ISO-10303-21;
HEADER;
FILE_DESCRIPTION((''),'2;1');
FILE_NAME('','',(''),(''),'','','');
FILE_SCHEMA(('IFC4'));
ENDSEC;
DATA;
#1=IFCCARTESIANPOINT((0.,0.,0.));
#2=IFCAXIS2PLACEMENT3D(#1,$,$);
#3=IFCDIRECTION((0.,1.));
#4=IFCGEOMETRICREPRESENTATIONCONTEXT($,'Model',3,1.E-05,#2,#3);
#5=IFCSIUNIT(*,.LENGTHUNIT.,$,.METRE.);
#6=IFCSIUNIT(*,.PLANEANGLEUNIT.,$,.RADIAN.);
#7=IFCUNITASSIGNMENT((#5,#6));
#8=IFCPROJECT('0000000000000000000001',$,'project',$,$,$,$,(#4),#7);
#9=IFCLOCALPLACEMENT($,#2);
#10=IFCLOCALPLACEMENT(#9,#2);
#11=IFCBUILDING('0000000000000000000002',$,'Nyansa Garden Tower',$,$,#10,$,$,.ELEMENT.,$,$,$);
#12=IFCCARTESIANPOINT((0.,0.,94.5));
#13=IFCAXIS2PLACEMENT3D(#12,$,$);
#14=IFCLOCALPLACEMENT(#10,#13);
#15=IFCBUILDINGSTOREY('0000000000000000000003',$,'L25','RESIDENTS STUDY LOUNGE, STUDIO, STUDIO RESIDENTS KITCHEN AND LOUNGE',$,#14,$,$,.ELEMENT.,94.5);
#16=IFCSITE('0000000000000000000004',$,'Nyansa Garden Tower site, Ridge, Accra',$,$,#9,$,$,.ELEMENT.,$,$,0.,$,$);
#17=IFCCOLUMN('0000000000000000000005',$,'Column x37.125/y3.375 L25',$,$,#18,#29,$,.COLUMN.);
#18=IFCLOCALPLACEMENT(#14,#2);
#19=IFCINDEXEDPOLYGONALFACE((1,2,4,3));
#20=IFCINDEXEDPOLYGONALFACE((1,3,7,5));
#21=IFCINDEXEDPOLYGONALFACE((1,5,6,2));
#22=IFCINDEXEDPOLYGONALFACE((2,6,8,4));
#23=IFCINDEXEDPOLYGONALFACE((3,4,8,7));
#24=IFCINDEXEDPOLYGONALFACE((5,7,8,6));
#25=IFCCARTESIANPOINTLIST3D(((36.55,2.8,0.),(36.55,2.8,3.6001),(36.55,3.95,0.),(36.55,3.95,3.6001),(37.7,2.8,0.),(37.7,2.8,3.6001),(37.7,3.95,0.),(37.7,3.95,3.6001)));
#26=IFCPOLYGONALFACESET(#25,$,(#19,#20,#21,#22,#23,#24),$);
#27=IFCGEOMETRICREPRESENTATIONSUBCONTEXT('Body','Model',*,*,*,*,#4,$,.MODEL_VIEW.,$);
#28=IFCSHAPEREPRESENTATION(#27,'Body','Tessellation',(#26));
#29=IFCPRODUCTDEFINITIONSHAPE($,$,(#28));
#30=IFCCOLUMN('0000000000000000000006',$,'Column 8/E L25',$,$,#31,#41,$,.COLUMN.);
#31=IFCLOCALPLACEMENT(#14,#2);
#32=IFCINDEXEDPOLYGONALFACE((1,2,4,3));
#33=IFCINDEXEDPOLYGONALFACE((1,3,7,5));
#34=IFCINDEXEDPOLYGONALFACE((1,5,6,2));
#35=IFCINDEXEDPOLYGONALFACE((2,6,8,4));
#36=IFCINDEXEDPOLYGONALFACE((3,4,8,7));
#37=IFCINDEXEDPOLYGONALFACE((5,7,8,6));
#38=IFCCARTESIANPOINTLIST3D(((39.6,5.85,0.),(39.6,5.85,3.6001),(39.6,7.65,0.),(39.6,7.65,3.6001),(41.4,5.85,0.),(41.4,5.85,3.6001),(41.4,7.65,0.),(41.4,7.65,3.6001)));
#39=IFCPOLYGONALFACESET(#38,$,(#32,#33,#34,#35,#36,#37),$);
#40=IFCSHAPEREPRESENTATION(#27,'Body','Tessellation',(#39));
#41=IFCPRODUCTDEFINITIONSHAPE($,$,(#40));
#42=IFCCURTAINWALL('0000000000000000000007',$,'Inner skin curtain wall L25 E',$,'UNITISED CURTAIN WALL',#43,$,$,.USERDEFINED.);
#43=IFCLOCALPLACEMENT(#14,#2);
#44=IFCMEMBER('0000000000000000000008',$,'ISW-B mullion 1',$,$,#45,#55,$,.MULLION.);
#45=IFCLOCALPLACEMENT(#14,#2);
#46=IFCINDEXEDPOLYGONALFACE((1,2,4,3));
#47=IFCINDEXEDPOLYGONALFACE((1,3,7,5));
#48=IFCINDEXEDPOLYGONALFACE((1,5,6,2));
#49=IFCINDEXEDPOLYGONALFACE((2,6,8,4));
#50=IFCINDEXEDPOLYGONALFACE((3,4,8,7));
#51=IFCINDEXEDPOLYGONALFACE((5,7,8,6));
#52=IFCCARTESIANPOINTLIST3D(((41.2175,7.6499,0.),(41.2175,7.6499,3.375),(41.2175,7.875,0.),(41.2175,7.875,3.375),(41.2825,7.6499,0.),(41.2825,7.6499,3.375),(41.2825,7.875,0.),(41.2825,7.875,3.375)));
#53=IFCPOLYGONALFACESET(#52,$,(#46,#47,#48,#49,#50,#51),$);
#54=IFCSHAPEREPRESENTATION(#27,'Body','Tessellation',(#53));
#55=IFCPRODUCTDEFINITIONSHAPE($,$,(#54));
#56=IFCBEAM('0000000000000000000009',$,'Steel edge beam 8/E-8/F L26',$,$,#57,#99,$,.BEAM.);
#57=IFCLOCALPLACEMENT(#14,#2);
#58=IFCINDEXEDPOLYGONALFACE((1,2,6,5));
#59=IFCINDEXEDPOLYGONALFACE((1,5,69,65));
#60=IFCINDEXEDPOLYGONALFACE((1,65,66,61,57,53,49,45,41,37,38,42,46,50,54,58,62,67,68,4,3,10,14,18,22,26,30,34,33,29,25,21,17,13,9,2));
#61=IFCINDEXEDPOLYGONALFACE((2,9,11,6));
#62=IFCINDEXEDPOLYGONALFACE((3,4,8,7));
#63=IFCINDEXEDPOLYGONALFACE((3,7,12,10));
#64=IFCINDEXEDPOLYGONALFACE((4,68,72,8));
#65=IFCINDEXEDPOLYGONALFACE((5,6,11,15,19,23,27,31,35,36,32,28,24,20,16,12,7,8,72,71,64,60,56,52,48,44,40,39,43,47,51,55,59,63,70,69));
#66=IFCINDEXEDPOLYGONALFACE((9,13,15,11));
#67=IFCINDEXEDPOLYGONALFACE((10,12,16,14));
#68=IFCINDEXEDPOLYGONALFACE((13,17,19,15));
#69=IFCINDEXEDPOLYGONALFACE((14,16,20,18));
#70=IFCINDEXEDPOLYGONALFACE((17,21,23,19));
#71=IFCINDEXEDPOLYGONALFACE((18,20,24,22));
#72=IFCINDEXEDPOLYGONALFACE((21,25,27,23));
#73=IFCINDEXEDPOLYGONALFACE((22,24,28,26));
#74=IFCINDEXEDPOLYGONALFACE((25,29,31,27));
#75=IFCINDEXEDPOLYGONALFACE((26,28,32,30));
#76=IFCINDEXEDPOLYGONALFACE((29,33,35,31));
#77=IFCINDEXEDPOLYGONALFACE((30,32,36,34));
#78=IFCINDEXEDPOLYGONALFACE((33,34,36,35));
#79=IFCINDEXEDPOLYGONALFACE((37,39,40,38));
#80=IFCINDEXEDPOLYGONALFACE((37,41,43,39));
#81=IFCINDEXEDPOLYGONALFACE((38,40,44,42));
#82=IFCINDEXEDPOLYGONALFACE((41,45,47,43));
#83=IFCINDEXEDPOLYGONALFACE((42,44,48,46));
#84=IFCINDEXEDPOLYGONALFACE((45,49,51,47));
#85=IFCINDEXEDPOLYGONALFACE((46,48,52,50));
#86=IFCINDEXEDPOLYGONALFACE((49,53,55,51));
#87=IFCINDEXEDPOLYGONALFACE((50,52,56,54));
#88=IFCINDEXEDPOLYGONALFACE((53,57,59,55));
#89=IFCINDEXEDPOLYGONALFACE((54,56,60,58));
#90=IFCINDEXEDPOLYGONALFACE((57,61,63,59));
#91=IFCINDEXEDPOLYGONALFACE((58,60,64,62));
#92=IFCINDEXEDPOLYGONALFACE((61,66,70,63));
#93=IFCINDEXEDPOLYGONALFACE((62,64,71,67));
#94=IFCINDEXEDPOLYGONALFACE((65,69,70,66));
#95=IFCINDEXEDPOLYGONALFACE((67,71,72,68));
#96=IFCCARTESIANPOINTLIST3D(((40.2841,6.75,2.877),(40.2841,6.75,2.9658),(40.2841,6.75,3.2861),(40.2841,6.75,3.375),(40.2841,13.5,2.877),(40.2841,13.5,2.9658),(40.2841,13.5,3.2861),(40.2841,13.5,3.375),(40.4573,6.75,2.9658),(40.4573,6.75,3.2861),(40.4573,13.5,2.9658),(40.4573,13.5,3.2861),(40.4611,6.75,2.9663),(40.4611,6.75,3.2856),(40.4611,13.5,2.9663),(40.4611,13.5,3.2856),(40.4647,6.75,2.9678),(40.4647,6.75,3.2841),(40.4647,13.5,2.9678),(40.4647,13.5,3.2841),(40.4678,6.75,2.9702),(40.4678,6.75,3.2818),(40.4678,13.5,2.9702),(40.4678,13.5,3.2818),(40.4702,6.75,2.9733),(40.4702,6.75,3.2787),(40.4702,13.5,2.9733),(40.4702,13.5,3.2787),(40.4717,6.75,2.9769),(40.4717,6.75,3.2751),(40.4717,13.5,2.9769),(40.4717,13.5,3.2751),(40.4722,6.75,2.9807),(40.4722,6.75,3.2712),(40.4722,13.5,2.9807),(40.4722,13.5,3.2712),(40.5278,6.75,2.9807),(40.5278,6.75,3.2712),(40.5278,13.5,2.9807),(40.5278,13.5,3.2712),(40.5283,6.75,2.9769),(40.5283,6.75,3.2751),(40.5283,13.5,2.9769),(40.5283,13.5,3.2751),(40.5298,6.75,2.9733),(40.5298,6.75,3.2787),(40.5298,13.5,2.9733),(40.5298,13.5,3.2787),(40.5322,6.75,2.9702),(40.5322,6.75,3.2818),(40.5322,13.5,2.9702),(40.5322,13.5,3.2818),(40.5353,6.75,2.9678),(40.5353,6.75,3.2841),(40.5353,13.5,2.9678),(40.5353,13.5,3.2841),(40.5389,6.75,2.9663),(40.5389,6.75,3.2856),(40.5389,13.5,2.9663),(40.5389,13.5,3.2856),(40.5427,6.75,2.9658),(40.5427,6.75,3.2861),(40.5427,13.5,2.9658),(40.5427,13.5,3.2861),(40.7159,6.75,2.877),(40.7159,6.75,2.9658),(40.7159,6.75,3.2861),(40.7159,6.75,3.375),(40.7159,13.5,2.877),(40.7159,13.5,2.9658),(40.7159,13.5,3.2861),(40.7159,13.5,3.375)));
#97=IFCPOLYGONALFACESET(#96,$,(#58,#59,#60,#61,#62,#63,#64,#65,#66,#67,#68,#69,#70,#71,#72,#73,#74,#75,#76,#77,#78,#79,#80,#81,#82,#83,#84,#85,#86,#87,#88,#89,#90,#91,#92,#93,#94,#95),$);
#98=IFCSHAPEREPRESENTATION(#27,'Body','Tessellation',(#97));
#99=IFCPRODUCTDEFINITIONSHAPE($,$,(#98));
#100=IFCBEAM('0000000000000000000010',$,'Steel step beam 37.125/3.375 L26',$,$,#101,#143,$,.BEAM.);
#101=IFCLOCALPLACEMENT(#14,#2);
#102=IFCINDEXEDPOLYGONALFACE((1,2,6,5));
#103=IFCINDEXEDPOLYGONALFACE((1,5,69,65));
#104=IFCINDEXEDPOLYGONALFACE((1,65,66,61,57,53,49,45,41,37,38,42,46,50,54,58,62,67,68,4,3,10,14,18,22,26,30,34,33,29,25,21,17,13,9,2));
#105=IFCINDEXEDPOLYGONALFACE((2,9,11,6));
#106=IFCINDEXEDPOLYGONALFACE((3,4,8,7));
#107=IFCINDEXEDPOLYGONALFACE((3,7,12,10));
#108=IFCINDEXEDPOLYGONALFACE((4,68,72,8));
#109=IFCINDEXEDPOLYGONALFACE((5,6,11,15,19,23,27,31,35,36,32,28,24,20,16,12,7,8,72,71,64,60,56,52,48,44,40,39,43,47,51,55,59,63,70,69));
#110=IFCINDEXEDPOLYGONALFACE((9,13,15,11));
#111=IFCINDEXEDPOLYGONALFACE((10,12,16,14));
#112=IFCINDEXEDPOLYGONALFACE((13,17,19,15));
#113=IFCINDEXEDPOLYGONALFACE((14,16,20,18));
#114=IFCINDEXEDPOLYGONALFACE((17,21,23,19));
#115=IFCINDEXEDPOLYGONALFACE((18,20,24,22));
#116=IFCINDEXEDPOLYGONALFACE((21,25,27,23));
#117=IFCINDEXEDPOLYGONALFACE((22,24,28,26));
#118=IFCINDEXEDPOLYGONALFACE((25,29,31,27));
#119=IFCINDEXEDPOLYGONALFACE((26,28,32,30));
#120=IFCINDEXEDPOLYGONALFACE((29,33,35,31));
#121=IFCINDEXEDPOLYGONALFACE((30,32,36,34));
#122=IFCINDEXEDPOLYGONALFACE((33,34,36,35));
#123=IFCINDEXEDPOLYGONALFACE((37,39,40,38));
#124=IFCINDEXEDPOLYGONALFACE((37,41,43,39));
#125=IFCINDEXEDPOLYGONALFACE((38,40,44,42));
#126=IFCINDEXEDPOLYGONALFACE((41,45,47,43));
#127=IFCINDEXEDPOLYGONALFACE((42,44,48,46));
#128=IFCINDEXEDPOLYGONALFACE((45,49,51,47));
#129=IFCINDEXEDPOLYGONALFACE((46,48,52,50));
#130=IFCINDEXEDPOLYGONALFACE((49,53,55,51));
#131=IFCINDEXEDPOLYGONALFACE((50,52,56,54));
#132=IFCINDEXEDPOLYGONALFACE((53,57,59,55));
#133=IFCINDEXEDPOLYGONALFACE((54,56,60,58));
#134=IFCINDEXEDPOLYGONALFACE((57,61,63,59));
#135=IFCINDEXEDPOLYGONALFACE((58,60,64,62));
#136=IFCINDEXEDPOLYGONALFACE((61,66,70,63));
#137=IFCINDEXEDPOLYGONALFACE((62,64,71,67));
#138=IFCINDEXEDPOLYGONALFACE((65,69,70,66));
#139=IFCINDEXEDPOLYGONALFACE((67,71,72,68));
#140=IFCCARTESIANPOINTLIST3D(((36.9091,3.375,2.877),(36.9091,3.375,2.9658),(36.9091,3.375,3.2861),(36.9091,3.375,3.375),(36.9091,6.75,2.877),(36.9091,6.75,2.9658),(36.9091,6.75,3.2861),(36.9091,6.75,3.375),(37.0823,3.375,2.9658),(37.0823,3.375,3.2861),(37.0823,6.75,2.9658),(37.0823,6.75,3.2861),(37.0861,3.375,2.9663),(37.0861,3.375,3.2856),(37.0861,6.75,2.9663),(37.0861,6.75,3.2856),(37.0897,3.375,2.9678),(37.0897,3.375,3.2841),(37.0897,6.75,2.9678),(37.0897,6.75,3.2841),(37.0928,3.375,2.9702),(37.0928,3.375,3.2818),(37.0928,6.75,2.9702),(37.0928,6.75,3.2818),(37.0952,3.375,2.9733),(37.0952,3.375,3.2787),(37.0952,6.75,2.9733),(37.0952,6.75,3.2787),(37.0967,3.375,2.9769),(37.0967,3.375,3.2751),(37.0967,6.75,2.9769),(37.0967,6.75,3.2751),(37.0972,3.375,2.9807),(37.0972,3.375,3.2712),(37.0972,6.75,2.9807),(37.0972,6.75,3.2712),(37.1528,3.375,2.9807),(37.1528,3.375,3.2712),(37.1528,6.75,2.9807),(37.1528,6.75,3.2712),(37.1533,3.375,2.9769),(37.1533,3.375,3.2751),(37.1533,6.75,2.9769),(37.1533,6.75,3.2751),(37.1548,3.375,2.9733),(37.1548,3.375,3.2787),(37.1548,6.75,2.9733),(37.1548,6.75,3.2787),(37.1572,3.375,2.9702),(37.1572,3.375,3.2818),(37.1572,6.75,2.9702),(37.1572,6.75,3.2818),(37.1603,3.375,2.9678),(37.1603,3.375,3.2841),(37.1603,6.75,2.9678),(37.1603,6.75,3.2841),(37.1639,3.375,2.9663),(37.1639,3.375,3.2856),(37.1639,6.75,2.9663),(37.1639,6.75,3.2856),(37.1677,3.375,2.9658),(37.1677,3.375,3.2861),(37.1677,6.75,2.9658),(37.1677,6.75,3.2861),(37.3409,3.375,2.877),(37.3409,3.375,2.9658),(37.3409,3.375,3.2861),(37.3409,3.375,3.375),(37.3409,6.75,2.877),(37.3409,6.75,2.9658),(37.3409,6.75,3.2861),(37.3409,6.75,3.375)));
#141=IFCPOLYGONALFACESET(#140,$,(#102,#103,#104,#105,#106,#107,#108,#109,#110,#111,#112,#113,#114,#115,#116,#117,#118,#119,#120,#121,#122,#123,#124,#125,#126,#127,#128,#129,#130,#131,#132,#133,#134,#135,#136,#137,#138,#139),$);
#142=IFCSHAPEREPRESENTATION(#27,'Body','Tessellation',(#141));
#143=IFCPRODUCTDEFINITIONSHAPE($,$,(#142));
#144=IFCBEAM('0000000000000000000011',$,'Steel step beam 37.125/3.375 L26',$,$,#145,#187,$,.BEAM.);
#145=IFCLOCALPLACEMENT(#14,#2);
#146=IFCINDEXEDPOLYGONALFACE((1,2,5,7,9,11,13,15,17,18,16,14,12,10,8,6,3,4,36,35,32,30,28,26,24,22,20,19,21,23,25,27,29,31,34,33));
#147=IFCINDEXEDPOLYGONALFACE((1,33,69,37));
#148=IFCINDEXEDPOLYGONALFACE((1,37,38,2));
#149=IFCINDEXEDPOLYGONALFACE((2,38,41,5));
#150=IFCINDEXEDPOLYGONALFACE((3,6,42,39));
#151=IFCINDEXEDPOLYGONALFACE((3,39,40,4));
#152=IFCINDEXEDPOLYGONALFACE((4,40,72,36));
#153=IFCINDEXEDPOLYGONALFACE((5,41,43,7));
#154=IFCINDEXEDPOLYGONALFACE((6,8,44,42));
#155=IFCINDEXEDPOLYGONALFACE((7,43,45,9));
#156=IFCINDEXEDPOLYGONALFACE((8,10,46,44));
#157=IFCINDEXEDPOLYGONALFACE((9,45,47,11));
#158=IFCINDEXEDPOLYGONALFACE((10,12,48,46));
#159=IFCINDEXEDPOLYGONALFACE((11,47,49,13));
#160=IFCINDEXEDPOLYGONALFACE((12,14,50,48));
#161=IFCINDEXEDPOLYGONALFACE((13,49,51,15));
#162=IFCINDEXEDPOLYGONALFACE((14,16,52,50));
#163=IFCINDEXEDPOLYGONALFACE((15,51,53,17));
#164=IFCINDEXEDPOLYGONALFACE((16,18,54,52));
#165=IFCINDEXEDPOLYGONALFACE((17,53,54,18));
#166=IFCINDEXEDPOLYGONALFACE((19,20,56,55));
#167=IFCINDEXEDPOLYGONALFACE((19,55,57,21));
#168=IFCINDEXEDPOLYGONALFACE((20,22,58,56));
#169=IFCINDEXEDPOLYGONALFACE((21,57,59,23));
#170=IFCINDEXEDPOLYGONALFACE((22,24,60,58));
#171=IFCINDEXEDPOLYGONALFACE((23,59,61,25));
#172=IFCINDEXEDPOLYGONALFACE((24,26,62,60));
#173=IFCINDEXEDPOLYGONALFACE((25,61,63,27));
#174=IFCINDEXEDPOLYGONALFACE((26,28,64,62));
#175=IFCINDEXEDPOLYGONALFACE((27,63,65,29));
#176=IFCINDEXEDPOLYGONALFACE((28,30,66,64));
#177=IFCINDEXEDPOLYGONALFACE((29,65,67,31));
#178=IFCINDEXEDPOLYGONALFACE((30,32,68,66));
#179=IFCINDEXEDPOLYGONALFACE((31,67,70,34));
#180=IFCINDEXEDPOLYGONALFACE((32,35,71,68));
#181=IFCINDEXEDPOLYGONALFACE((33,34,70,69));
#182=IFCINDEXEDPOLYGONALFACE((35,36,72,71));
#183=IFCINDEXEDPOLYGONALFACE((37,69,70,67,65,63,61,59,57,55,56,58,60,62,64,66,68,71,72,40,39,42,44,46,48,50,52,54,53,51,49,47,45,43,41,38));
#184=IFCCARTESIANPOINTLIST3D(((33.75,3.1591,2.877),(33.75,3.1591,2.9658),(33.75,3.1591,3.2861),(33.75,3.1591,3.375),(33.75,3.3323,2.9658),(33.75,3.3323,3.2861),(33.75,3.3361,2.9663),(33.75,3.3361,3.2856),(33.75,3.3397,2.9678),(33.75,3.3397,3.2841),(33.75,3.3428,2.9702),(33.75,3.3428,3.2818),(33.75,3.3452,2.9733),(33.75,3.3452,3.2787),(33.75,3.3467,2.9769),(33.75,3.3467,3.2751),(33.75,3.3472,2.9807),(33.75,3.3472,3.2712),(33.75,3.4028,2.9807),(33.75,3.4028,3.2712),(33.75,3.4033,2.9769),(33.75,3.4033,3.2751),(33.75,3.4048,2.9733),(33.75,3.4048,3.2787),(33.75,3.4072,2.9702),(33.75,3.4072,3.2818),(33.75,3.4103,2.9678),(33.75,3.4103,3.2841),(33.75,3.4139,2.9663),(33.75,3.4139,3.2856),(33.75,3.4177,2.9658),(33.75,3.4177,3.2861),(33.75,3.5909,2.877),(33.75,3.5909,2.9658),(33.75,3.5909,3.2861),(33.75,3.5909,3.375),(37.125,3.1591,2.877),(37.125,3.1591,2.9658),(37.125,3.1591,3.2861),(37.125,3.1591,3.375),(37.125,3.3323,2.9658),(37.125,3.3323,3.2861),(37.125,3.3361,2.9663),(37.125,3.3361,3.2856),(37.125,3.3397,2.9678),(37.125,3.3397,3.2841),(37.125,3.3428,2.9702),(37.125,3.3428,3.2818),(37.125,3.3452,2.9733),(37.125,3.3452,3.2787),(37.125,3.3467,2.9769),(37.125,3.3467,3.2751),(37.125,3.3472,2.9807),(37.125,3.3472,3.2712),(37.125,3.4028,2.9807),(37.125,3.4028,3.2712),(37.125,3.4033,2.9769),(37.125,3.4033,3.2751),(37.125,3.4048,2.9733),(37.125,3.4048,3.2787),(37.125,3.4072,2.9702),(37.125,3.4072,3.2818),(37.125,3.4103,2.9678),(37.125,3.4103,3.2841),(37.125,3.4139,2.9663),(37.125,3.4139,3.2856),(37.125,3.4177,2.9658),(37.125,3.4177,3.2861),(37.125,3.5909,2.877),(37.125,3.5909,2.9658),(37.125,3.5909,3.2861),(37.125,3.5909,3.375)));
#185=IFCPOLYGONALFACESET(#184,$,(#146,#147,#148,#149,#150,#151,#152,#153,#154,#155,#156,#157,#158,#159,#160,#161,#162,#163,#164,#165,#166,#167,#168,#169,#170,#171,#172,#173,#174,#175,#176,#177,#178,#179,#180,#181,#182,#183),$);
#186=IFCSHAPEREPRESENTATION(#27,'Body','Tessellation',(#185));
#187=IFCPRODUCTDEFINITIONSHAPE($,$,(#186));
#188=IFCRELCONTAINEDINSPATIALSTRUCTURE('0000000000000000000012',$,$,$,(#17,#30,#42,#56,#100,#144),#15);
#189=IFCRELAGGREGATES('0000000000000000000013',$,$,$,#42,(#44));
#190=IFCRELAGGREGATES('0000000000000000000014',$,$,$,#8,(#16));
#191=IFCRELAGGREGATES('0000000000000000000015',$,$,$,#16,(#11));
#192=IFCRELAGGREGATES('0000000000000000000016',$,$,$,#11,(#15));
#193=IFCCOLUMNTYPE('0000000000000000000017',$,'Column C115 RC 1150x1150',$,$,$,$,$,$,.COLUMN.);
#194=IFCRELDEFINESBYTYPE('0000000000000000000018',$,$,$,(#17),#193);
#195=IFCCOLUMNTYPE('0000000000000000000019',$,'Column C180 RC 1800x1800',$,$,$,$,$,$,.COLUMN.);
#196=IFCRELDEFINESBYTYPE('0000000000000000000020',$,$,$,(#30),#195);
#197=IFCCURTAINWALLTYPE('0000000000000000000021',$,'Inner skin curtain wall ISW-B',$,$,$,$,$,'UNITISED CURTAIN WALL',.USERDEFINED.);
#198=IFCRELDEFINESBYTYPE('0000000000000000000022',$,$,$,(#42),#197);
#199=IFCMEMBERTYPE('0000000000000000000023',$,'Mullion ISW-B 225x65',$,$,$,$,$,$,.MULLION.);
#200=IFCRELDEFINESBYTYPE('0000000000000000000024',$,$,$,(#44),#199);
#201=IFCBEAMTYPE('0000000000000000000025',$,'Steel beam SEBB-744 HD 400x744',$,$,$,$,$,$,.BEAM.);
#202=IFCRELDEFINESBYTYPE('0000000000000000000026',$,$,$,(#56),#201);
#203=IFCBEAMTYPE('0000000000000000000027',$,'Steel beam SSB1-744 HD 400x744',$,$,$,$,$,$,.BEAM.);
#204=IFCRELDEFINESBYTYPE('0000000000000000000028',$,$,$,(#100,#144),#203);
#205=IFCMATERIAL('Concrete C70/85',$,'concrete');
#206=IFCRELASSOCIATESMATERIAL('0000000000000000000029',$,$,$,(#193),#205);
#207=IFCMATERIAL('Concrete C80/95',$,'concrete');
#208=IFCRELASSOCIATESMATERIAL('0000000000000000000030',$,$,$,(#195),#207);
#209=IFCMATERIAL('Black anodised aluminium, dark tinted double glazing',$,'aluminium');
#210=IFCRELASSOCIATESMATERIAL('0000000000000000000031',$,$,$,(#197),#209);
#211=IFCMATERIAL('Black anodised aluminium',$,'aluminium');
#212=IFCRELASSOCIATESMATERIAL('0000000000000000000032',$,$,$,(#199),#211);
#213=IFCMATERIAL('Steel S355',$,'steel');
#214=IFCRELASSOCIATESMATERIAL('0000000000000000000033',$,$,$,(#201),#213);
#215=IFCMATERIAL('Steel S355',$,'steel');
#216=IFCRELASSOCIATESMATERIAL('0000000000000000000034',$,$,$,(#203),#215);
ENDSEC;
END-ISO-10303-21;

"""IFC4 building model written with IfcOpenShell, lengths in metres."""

from ifc_helpers import new_model, si_unit, direction, frame, origin, origin_2d, place, context, subcontext, project, spatial, rectangle, i_section, extrude, material, material_profile, profile_set, type_object, element, aggregate, save


model = new_model("IFC4")

# Units and contexts
model_context = context("Model", 3, precision=1e-05, world=origin(), true_north=direction((0.0, 1.0)))
body_context = subcontext(model_context, "Body", "Model", "MODEL_VIEW")
ifc_project = project(units=[si_unit("LENGTHUNIT", "METRE"), si_unit("PLANEANGLEUNIT", "RADIAN")], contexts=[model_context])

# Site, building, storey
site_placement = place(None, origin())
site = spatial("IfcSite", under=ifc_project, at=site_placement, Name="Nyansa Garden Tower site, Ridge, Accra", CompositionType="ELEMENT", RefElevation=0.0)
building_placement = place(site_placement, origin())
building = spatial("IfcBuilding", under=site, at=building_placement, Name="Nyansa Garden Tower", CompositionType="ELEMENT")
storey_placement = place(building_placement, frame((0.0, 0.0, 94.5)))
storey = spatial("IfcBuildingStorey", under=building, at=storey_placement, Name="L25", Description="RESIDENTS STUDY LOUNGE, STUDIO, STUDIO RESIDENTS KITCHEN AND LOUNGE", CompositionType="ELEMENT", Elevation=94.5)

# Columns
ifc_material_1 = material(Name="Concrete C70/85", Category="concrete")
ifc_material_profile_1 = material_profile(ifc_material_1, rectangle(XDim=1.1499, YDim=1.1499, at=origin_2d()), Name="RC 1150x1150")
ifc_profile_set_1 = profile_set([ifc_material_profile_1], Name="Concrete C70/85")
column_type_1 = type_object("IfcColumnType", Name="Column C115 RC 1150x1150", PredefinedType="COLUMN", material=ifc_profile_set_1)
column_1_placement = place(storey_placement, frame((37.125, 3.375, 0.0), z_axis=(0.0, 0.0, 1.0), x_axis=(1.0, 0.0, 0.0)))
element("IfcColumn", 1, at=column_1_placement, inside=storey, type_object=column_type_1, Name="Column x37.125/y3.375 L25", PredefinedType="COLUMN", context=body_context, shape_type="SweptSolid", body=[
    extrude(rectangle(XDim=1.1499, YDim=1.1499, at=origin_2d()), origin(), (0.0, 0.0, 1.0), 3.6001),
])
ifc_material_2 = material(Name="Concrete C80/95", Category="concrete")
ifc_material_profile_2 = material_profile(ifc_material_2, rectangle(XDim=1.8, YDim=1.8, at=origin_2d()), Name="RC 1800x1800")
ifc_profile_set_2 = profile_set([ifc_material_profile_2], Name="Concrete C80/95")
column_type_2 = type_object("IfcColumnType", Name="Column C180 RC 1800x1800", PredefinedType="COLUMN", material=ifc_profile_set_2)
column_2_placement = place(storey_placement, frame((40.5, 6.75, 0.0), z_axis=(0.0, 0.0, 1.0), x_axis=(1.0, 0.0, 0.0)))
element("IfcColumn", 2, at=column_2_placement, inside=storey, type_object=column_type_2, Name="Column 8/E L25", PredefinedType="COLUMN", context=body_context, shape_type="SweptSolid", body=[
    extrude(rectangle(XDim=1.8, YDim=1.8, at=origin_2d()), origin(), (0.0, 0.0, 1.0), 3.6001),
])

# Curtain wall, member
ifc_material_3 = material(Name="Black anodised aluminium, dark tinted double glazing", Category="aluminium")
curtain_wall_type = type_object("IfcCurtainWallType", Name="Inner skin curtain wall ISW-B", ElementType="UNITISED CURTAIN WALL", PredefinedType="USERDEFINED", material=ifc_material_3)
curtain_wall_placement = place(storey_placement, origin())
curtain_wall = element("IfcCurtainWall", 3, at=curtain_wall_placement, inside=storey, type_object=curtain_wall_type, Name="Inner skin curtain wall L25 E", ObjectType="UNITISED CURTAIN WALL", PredefinedType="USERDEFINED")
ifc_material_4 = material(Name="Black anodised aluminium", Category="aluminium")
ifc_material_profile_3 = material_profile(ifc_material_4, rectangle(XDim=0.0649, YDim=0.2251, at=origin_2d()), Name="Mullion 225x65")
ifc_profile_set_3 = profile_set([ifc_material_profile_3], Name="Black anodised aluminium")
member_type_1 = type_object("IfcMemberType", Name="Mullion ISW-B 225x65", PredefinedType="MULLION", material=ifc_profile_set_3)
member_1_placement = place(storey_placement, frame((41.25, 7.7625, 0.0), z_axis=(0.0, 0.0, 1.0), x_axis=(-1.0, 0.0, 0.0)))
member_1 = element("IfcMember", 4, at=member_1_placement, type_object=member_type_1, Name="ISW-B mullion 1", PredefinedType="MULLION", context=body_context, shape_type="SweptSolid", body=[
    extrude(rectangle(XDim=0.0649, YDim=0.2251, at=origin_2d()), origin(), (0.0, 0.0, 1.0), 3.375),
])

# Beams
ifc_material_5 = material(Name="Steel S355", Category="steel")
ifc_material_profile_4 = material_profile(ifc_material_5, i_section(OverallWidth=0.4319, OverallDepth=0.498, WebThickness=0.0557, FlangeThickness=0.0889, FilletRadius=0.0149, at=origin_2d()), Name="HD 400x744")
ifc_profile_set_4 = profile_set([ifc_material_profile_4], Name="Steel S355")
beam_type_1 = type_object("IfcBeamType", Name="Steel beam SEBB-744 HD 400x744", PredefinedType="BEAM", material=ifc_profile_set_4)
beam_placement = place(storey_placement, frame((40.5, 6.75, 3.126), z_axis=(0.0, 1.0, 0.0), x_axis=(-1.0, 0.0, 0.0)))
element("IfcBeam", 5, at=beam_placement, inside=storey, type_object=beam_type_1, Name="Steel edge beam 8/E-8/F L26", PredefinedType="BEAM", context=body_context, shape_type="SweptSolid", body=[
    extrude(i_section(OverallWidth=0.4319, OverallDepth=0.498, WebThickness=0.0557, FlangeThickness=0.0889, FilletRadius=0.0149, at=origin_2d()), origin(), (0.0, 0.0, 1.0), 6.75),
])
ifc_material_6 = material(Name="Steel S355", Category="steel")
ifc_material_profile_5 = material_profile(ifc_material_6, i_section(OverallWidth=0.4319, OverallDepth=0.498, WebThickness=0.0557, FlangeThickness=0.0889, FilletRadius=0.0149, at=origin_2d()), Name="HD 400x744")
ifc_profile_set_5 = profile_set([ifc_material_profile_5], Name="Steel S355")
beam_type_2 = type_object("IfcBeamType", Name="Steel beam SSB1-744 HD 400x744", PredefinedType="BEAM", material=ifc_profile_set_5)
for number, where, z_axis, x_axis, name in (
    (6, (37.125, 3.375, 3.126), (0.0, 1.0, 0.0), (-1.0, 0.0, 0.0), "Steel step beam 37.125/3.375 L26"),
    (7, (37.125, 3.375, 3.126), (-1.0, 0.0, 0.0), (0.0, -1.0, 0.0), "Steel step beam 37.125/3.375 L26"),
):
    element("IfcBeam", number, at=place(storey_placement, frame(where, z_axis=z_axis, x_axis=x_axis)), inside=storey, type_object=beam_type_2, Name=name, PredefinedType="BEAM", context=body_context, shape_type="SweptSolid", body=[
        extrude(i_section(OverallWidth=0.4319, OverallDepth=0.498, WebThickness=0.0557, FlangeThickness=0.0889, FilletRadius=0.0149, at=origin_2d()), origin(), (0.0, 0.0, 1.0), 3.375),
    ])

aggregate(curtain_wall, [member_1])

save(model, "model.ifc")
